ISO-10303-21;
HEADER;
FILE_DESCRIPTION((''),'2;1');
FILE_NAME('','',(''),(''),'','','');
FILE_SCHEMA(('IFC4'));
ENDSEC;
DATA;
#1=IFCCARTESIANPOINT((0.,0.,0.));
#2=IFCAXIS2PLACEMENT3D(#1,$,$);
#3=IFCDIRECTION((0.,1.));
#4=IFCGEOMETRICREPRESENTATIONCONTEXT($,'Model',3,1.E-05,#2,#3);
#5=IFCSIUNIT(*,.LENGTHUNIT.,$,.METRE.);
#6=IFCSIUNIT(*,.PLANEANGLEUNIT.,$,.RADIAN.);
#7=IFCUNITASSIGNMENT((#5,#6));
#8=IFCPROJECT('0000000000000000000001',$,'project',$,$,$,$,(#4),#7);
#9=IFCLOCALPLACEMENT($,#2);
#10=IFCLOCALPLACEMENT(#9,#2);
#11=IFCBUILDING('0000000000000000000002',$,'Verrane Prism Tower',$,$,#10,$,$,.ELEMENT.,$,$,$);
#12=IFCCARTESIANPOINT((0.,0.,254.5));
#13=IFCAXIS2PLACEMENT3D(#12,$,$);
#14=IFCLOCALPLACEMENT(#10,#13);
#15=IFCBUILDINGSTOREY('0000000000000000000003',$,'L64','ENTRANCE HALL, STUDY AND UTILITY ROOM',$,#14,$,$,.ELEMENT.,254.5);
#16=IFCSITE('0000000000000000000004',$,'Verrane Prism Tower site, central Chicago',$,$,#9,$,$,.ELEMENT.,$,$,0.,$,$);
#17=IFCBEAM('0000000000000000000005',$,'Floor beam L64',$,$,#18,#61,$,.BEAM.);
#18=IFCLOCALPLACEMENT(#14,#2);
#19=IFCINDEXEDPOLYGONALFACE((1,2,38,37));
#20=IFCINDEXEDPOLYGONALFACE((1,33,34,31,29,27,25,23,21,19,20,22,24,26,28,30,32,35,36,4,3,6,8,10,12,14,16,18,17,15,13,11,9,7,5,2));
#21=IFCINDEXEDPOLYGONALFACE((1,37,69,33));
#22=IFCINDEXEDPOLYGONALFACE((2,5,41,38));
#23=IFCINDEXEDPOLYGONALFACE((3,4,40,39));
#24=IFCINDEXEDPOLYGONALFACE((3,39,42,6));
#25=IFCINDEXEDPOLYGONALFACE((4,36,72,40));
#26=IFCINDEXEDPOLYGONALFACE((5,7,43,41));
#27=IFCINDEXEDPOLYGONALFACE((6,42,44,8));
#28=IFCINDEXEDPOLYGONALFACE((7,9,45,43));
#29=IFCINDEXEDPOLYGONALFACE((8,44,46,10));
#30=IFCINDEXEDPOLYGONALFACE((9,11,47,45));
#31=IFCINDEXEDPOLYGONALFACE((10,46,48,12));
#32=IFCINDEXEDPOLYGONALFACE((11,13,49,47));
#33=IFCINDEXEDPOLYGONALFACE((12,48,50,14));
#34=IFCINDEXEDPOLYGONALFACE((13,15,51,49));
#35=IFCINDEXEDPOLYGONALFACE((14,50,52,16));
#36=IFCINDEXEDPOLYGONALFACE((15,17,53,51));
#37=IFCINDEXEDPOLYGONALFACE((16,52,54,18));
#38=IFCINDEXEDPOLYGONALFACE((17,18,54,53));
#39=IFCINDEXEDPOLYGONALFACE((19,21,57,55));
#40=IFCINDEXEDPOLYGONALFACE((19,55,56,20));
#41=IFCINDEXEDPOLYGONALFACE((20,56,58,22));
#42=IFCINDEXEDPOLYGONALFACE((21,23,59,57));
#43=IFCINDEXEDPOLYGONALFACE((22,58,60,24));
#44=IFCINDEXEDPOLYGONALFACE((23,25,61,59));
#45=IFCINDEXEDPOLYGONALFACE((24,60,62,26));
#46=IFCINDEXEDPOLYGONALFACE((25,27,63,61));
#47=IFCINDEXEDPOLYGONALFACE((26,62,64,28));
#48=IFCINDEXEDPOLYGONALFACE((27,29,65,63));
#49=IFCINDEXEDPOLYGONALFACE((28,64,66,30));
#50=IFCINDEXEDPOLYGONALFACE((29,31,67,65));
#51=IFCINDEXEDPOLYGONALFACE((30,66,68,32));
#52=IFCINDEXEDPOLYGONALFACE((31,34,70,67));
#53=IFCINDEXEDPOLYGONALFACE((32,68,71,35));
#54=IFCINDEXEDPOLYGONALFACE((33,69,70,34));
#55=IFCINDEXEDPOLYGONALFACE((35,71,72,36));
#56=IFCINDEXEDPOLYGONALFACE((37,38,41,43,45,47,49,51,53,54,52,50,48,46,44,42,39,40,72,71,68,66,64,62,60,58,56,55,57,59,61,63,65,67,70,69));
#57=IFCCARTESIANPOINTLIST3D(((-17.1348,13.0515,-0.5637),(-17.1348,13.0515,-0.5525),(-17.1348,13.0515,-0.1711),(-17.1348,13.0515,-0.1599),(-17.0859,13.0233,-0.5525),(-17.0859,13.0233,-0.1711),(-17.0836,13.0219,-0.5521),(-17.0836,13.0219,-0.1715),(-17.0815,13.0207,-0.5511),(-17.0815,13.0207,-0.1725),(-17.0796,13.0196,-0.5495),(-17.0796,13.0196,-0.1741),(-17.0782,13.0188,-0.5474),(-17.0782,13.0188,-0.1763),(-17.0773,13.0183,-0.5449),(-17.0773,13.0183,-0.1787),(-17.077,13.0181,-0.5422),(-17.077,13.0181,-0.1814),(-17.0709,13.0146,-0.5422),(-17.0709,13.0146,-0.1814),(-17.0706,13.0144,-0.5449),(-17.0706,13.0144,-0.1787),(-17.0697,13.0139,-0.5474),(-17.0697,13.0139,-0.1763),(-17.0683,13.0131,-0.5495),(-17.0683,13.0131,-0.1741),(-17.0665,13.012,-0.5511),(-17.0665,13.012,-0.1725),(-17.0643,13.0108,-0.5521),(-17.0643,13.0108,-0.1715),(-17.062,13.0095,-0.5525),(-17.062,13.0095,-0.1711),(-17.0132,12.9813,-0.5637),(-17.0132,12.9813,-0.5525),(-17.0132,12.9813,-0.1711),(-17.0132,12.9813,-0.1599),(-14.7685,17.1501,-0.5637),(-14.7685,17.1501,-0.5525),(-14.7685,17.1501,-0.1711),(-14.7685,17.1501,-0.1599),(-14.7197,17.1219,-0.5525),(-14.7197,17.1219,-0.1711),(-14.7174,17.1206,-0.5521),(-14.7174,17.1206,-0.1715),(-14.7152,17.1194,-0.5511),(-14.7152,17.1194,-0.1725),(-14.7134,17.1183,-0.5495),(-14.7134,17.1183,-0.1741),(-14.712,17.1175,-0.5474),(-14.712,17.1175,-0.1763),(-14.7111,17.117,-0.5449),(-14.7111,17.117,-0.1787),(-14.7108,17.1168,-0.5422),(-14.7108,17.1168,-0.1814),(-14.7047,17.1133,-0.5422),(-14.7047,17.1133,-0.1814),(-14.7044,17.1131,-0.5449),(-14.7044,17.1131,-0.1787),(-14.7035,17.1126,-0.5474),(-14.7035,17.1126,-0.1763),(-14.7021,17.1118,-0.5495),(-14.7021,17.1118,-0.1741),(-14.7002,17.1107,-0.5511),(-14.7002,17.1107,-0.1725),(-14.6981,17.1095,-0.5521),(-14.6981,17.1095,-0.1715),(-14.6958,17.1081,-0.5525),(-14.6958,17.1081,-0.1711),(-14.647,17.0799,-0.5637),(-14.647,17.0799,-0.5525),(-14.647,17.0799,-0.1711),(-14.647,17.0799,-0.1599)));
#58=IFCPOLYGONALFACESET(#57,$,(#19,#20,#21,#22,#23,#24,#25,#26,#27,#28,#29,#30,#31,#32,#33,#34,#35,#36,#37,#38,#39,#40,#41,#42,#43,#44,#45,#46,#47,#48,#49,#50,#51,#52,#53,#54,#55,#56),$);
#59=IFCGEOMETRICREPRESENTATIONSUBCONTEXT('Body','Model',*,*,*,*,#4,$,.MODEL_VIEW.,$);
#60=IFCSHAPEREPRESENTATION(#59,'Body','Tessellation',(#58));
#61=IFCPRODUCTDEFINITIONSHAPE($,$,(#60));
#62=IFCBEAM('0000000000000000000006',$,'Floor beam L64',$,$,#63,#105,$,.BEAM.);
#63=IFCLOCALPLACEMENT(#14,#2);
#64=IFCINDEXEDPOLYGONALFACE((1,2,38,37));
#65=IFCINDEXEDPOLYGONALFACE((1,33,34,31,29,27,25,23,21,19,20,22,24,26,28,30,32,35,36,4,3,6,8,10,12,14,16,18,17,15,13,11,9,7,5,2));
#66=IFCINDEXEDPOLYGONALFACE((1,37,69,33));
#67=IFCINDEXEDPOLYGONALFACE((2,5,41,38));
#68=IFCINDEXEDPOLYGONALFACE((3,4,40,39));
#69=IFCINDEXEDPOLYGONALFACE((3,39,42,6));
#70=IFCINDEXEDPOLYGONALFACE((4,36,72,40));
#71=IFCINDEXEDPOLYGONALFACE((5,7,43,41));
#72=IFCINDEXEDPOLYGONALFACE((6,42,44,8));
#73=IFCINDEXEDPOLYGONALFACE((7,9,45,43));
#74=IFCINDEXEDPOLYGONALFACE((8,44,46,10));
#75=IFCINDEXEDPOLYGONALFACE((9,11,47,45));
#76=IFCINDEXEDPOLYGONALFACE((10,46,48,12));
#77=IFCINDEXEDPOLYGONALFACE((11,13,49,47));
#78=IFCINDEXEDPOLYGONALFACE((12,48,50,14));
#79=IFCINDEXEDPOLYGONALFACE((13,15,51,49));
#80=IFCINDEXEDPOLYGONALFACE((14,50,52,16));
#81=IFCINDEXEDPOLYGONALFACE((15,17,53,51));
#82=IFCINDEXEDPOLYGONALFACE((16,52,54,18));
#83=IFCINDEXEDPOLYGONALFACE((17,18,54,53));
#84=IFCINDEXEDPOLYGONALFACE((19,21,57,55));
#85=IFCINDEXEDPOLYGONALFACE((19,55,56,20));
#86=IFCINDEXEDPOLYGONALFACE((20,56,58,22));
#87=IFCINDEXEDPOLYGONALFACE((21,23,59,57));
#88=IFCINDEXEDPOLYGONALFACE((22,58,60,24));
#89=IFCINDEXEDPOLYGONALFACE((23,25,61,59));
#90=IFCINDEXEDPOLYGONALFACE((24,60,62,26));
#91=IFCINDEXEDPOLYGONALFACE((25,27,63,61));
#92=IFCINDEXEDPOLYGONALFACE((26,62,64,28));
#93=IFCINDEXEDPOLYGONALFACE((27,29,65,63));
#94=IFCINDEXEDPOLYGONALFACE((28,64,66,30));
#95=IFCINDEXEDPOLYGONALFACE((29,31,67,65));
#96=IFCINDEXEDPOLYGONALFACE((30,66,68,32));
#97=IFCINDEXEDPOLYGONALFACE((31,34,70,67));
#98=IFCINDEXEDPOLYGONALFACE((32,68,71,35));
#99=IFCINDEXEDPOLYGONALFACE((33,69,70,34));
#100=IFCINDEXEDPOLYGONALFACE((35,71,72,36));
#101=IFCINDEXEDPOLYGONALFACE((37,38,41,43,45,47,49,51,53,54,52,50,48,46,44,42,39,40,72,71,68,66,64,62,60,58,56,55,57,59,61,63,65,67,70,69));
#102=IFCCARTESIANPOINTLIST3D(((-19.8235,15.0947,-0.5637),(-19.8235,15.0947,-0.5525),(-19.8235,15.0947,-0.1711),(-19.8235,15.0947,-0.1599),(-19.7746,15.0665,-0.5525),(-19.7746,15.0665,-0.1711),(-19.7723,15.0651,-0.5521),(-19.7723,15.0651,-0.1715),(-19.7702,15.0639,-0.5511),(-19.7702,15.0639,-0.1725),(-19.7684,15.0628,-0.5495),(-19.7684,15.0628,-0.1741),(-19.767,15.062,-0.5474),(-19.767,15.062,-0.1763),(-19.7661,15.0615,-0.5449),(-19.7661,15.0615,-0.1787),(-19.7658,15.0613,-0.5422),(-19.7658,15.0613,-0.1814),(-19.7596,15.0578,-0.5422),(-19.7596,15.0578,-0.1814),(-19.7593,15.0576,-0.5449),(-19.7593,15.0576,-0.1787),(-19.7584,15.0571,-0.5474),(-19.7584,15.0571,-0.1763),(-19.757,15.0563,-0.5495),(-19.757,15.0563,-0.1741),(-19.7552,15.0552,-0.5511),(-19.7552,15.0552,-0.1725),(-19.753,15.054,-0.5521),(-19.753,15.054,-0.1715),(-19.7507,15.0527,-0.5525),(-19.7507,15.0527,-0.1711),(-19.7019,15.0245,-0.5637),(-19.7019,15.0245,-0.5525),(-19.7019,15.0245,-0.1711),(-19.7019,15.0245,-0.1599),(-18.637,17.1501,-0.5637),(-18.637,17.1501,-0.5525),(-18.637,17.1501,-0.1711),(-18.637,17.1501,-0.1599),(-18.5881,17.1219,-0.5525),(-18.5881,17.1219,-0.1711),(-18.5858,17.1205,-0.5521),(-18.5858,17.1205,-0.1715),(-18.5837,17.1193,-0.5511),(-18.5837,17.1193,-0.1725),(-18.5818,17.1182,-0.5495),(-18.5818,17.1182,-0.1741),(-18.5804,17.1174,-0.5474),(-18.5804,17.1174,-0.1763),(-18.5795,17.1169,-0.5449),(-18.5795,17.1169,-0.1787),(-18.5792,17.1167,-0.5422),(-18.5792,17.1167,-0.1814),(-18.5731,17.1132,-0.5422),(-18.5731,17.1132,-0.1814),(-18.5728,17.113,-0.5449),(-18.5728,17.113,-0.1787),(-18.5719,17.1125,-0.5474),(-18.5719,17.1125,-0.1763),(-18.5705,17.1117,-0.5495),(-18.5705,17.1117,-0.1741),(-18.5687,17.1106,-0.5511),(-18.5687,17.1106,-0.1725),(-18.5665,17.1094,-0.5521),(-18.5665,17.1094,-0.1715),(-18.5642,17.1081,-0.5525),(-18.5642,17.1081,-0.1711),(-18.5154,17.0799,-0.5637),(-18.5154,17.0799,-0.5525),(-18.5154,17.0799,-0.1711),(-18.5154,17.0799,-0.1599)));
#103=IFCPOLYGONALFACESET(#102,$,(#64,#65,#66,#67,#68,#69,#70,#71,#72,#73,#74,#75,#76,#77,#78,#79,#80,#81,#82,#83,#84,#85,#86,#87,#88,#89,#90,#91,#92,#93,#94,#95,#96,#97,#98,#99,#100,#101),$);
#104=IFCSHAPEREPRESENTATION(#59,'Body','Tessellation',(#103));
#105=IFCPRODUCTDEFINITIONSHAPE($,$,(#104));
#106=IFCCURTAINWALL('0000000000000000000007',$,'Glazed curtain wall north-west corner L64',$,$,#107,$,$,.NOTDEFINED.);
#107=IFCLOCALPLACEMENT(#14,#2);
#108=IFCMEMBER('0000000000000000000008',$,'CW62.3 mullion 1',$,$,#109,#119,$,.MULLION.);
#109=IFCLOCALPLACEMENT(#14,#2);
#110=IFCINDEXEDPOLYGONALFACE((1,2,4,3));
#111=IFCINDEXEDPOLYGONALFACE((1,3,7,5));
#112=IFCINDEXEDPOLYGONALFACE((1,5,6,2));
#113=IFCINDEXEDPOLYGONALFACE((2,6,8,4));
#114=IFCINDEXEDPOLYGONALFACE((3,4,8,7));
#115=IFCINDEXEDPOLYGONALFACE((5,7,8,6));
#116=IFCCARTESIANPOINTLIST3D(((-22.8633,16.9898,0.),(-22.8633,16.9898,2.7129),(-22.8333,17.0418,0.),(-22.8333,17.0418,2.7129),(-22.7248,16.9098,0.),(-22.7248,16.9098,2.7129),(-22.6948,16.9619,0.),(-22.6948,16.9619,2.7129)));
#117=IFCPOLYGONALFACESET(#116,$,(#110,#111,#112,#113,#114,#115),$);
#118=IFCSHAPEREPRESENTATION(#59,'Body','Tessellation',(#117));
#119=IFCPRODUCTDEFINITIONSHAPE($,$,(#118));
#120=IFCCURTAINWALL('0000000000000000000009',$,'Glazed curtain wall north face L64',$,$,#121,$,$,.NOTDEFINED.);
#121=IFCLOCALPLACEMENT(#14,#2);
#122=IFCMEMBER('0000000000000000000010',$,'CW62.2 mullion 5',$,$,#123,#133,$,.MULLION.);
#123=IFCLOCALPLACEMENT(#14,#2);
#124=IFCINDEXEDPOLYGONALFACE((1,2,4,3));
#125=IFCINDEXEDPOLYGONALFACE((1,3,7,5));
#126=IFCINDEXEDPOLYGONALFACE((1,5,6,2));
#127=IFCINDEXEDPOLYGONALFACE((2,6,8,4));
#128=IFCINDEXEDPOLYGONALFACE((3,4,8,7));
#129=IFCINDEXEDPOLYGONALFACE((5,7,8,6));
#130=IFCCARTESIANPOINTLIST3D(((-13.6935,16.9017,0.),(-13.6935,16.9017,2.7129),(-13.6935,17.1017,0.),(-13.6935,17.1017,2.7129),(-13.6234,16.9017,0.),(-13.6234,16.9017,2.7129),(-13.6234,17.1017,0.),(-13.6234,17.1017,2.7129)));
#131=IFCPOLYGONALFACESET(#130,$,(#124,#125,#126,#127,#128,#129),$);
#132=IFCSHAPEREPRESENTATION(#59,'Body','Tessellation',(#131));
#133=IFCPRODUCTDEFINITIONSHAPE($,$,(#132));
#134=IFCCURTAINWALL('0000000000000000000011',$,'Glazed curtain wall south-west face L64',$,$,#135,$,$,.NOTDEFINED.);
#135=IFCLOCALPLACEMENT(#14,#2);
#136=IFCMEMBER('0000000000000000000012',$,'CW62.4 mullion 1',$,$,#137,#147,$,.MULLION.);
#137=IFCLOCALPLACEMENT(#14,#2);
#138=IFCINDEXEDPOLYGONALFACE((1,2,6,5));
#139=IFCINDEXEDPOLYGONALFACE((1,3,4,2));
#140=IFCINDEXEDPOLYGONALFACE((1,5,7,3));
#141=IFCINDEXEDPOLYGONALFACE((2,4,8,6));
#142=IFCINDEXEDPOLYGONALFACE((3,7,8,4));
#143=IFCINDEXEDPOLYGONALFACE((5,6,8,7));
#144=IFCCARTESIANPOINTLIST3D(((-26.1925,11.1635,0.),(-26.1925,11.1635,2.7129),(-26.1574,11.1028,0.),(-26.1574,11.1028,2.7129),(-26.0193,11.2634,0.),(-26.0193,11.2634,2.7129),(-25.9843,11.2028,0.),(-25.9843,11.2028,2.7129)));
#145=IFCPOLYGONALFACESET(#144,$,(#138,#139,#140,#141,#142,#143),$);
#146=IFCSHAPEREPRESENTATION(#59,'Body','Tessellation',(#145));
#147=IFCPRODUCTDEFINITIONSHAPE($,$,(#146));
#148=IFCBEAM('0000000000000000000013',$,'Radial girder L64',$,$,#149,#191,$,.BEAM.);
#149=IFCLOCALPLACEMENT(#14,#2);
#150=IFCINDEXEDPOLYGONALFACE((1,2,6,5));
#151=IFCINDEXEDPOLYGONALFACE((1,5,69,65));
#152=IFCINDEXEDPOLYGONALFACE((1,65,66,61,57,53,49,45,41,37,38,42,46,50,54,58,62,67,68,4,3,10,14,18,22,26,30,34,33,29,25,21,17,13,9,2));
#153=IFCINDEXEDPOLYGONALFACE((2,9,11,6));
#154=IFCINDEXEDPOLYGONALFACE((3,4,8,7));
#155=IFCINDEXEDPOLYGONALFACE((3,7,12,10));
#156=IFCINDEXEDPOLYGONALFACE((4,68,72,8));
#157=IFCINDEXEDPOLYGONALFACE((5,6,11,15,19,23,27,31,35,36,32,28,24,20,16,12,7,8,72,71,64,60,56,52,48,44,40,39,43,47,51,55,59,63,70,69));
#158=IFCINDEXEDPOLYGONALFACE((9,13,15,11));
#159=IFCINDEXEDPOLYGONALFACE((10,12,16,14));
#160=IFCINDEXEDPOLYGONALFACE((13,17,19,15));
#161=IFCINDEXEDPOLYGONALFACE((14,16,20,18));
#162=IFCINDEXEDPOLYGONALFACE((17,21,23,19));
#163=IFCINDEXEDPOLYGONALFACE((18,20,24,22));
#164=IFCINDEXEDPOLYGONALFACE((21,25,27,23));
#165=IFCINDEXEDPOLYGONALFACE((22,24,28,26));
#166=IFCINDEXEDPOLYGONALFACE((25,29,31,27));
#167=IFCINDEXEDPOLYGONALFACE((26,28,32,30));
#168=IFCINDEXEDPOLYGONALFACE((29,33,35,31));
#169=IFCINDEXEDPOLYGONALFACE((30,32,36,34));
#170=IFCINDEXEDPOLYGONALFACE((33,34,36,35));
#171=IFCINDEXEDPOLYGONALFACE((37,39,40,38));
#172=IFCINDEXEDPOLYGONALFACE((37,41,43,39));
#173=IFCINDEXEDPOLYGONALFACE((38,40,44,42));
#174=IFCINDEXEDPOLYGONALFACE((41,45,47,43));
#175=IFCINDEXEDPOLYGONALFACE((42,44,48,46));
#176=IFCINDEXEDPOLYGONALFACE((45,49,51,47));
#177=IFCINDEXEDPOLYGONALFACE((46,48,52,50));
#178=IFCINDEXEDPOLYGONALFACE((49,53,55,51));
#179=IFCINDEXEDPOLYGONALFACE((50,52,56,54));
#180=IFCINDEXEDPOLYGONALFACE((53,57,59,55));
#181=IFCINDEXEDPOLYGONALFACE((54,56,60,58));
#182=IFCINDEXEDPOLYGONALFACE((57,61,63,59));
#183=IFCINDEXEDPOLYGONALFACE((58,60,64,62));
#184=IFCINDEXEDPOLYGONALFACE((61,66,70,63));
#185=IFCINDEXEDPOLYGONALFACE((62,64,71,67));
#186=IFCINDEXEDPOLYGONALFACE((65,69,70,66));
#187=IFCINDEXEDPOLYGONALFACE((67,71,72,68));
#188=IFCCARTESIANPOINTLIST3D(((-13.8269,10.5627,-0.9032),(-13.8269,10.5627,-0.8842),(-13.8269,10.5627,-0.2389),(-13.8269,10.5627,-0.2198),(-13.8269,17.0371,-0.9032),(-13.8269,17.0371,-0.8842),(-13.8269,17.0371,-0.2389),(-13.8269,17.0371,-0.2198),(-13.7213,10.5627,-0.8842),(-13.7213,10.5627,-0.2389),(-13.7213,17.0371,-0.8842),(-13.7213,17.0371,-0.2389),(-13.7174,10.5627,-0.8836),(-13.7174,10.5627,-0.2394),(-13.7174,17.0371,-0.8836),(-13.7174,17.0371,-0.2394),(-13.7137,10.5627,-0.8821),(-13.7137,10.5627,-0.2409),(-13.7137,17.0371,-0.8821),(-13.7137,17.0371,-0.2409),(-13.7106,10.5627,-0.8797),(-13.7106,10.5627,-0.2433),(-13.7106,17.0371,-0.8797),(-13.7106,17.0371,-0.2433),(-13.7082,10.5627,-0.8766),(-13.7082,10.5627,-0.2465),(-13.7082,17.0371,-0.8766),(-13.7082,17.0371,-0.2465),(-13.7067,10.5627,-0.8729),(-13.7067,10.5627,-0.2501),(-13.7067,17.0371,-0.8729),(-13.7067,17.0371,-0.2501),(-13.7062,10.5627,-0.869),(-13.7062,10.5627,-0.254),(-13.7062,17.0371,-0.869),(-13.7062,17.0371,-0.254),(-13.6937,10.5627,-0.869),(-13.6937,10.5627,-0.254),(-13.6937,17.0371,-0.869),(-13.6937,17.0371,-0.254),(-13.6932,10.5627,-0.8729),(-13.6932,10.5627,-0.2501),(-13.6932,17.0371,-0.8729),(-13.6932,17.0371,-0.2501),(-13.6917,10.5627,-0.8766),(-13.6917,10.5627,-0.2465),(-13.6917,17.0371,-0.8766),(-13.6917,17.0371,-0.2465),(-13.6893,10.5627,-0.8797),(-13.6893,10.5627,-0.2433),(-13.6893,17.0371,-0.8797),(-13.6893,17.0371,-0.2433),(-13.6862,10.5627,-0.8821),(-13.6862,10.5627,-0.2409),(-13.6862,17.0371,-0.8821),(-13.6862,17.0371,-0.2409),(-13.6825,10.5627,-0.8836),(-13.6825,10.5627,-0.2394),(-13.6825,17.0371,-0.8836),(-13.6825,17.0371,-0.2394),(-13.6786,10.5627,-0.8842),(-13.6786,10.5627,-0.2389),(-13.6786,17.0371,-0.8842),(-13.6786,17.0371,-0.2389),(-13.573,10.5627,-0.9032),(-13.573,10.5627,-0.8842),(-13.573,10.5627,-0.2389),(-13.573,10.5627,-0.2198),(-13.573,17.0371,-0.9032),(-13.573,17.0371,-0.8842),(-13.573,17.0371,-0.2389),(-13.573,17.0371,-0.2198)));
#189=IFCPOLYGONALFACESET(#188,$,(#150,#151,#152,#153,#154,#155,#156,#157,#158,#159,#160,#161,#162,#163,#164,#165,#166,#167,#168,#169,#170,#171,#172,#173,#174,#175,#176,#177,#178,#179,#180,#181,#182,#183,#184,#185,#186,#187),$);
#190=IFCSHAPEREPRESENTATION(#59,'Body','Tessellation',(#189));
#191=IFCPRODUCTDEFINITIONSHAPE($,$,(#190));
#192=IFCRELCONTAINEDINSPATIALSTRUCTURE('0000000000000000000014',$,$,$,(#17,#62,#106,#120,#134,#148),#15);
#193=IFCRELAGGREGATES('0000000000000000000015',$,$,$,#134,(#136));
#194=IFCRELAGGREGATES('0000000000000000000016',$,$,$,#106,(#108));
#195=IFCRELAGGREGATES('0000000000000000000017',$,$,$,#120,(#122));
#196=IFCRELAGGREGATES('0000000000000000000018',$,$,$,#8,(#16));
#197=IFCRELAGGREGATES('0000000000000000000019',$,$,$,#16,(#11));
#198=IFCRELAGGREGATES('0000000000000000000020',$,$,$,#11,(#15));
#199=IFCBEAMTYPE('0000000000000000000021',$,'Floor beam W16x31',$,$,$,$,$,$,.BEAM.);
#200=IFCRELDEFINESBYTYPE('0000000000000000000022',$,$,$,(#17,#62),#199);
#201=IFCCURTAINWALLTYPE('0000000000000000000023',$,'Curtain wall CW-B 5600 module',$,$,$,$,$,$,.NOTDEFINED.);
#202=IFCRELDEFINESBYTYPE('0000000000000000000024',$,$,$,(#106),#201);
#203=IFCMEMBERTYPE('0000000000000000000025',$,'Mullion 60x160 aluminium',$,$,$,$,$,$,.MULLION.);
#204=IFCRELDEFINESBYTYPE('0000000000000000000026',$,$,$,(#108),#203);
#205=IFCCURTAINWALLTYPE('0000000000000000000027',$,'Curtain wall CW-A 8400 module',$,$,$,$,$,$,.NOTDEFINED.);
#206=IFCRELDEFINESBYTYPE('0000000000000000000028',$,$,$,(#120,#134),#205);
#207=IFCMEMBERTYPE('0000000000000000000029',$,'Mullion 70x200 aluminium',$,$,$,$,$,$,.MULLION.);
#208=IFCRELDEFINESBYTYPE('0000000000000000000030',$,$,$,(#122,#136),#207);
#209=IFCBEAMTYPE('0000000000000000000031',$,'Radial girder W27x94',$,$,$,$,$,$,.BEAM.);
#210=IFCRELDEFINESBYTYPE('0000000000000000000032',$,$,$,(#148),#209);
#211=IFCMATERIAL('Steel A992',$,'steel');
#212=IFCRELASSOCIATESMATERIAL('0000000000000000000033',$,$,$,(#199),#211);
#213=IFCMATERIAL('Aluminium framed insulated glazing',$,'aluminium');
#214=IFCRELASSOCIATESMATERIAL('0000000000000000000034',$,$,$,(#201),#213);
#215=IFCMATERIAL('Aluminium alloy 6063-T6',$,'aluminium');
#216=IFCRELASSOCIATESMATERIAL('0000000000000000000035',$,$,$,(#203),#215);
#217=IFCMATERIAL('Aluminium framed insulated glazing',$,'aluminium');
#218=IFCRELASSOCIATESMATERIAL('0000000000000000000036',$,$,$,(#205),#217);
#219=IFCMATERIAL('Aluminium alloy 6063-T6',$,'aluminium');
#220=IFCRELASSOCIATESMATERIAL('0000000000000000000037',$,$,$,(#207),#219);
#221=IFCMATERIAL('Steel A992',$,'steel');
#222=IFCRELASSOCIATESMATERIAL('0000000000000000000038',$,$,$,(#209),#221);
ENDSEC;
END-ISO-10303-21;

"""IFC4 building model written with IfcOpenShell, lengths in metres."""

from ifc_helpers import new_model, si_unit, direction, frame, origin, origin_2d, place, context, subcontext, project, spatial, rectangle, i_section, extrude, material, material_profile, profile_set, type_object, element, aggregate, save


model = new_model("IFC4")

# Units and contexts
model_context = context("Model", 3, precision=1e-05, world=origin(), true_north=direction((0.0, 1.0)))
body_context = subcontext(model_context, "Body", "Model", "MODEL_VIEW")
ifc_project = project(units=[si_unit("LENGTHUNIT", "METRE"), si_unit("PLANEANGLEUNIT", "RADIAN")], contexts=[model_context])

# Site, building, storey
site_placement = place(None, origin())
site = spatial("IfcSite", under=ifc_project, at=site_placement, Name="Verrane Prism Tower site, central Chicago", CompositionType="ELEMENT", RefElevation=0.0)
building_placement = place(site_placement, origin())
building = spatial("IfcBuilding", under=site, at=building_placement, Name="Verrane Prism Tower", CompositionType="ELEMENT")
storey_placement = place(building_placement, frame((0.0, 0.0, 254.5)))
storey = spatial("IfcBuildingStorey", under=building, at=storey_placement, Name="L64", Description="ENTRANCE HALL, STUDY AND UTILITY ROOM", CompositionType="ELEMENT", Elevation=254.5)

# Beams
ifc_material_1 = material(Name="Steel A992", Category="steel")
ifc_material_profile_1 = material_profile(ifc_material_1, i_section(OverallWidth=0.1404, OverallDepth=0.4038, WebThickness=0.0071, FlangeThickness=0.0112, FilletRadius=0.0103, at=origin_2d()), Name="W16x31")
ifc_profile_set_1 = profile_set([ifc_material_profile_1], Name="Steel A992")
beam_type_1 = type_object("IfcBeamType", Name="Floor beam W16x31", PredefinedType="BEAM", material=ifc_profile_set_1)
beam_1_placement = place(storey_placement, frame((-17.074, 13.0164, -0.3618), z_axis=(0.499978, 0.866038, 0.0), x_axis=(-0.866038, 0.499978, 0.0)))
element("IfcBeam", 1, at=beam_1_placement, inside=storey, type_object=beam_type_1, Name="Floor beam L64", PredefinedType="BEAM", context=body_context, shape_type="SweptSolid", body=[
    extrude(i_section(OverallWidth=0.1404, OverallDepth=0.4038, WebThickness=0.0071, FlangeThickness=0.0112, FilletRadius=0.0103, at=origin_2d()), origin(), (0.0, 0.0, 1.0), 4.7327),
])
beam_2_placement = place(storey_placement, frame((-19.7627, 15.0596, -0.3618), z_axis=(0.499945, 0.866057, 0.0), x_axis=(-0.866057, 0.499945, 0.0)))
element("IfcBeam", 2, at=beam_2_placement, inside=storey, type_object=beam_type_1, Name="Floor beam L64", PredefinedType="BEAM", context=body_context, shape_type="SweptSolid", body=[
    extrude(i_section(OverallWidth=0.1404, OverallDepth=0.4038, WebThickness=0.0071, FlangeThickness=0.0112, FilletRadius=0.0103, at=origin_2d()), origin(), (0.0, 0.0, 1.0), 2.3733),
])

# Curtain walls, members
ifc_material_2 = material(Name="Aluminium framed insulated glazing", Category="aluminium")
curtain_wall_type_1 = type_object("IfcCurtainWallType", Name="Curtain wall CW-B 5600 module", PredefinedType="NOTDEFINED", material=ifc_material_2)
curtain_wall_1_placement = place(storey_placement, origin())
curtain_wall_1 = element("IfcCurtainWall", 3, at=curtain_wall_1_placement, inside=storey, type_object=curtain_wall_type_1, Name="Glazed curtain wall north-west corner L64", PredefinedType="NOTDEFINED")
ifc_material_3 = material(Name="Aluminium alloy 6063-T6", Category="aluminium")
ifc_material_profile_2 = material_profile(ifc_material_3, rectangle(XDim=0.1599, YDim=0.0601, at=origin_2d()), Name="Mullion 60x160 aluminium")
ifc_profile_set_2 = profile_set([ifc_material_profile_2], Name="Aluminium alloy 6063-T6")
member_type_1 = type_object("IfcMemberType", Name="Mullion 60x160 aluminium", PredefinedType="MULLION", material=ifc_profile_set_2)
member_1_placement = place(storey_placement, frame((-22.7791, 16.9758, 0.0), z_axis=(0.0, 0.0, 1.0), x_axis=(0.866028, -0.499996, 0.0)))
member_1 = element("IfcMember", 4, at=member_1_placement, type_object=member_type_1, Name="CW62.3 mullion 1", PredefinedType="MULLION", context=body_context, shape_type="SweptSolid", body=[
    extrude(rectangle(XDim=0.1599, YDim=0.0601, at=origin_2d()), origin(), (0.0, 0.0, 1.0), 2.7129),
])
ifc_material_4 = material(Name="Aluminium framed insulated glazing", Category="aluminium")
curtain_wall_type_2 = type_object("IfcCurtainWallType", Name="Curtain wall CW-A 8400 module", PredefinedType="NOTDEFINED", material=ifc_material_4)
curtain_wall_2_placement = place(storey_placement, origin())
curtain_wall_2 = element("IfcCurtainWall", 5, at=curtain_wall_2_placement, inside=storey, type_object=curtain_wall_type_2, Name="Glazed curtain wall north face L64", PredefinedType="NOTDEFINED")
ifc_material_5 = material(Name="Aluminium alloy 6063-T6", Category="aluminium")
ifc_material_profile_3 = material_profile(ifc_material_5, rectangle(XDim=0.2, YDim=0.0701, at=origin_2d()), Name="Mullion 70x200 aluminium")
ifc_profile_set_3 = profile_set([ifc_material_profile_3], Name="Aluminium alloy 6063-T6")
member_type_2 = type_object("IfcMemberType", Name="Mullion 70x200 aluminium", PredefinedType="MULLION", material=ifc_profile_set_3)
member_2_placement = place(storey_placement, frame((-13.6584, 17.0017, 0.0), z_axis=(0.0, 0.0, 1.0), x_axis=(0.0, -1.0, 0.0)))
member_2 = element("IfcMember", 6, at=member_2_placement, type_object=member_type_2, Name="CW62.2 mullion 5", PredefinedType="MULLION", context=body_context, shape_type="SweptSolid", body=[
    extrude(rectangle(XDim=0.2, YDim=0.0701, at=origin_2d()), origin(), (0.0, 0.0, 1.0), 2.7129),
])
curtain_wall_3_placement = place(storey_placement, origin())
curtain_wall_3 = element("IfcCurtainWall", 7, at=curtain_wall_3_placement, inside=storey, type_object=curtain_wall_type_2, Name="Glazed curtain wall south-west face L64", PredefinedType="NOTDEFINED")
member_3_placement = place(storey_placement, frame((-26.0884, 11.1831, 0.0), z_axis=(0.0, 0.0, 1.0), x_axis=(0.866026, 0.5, 0.0)))
member_3 = element("IfcMember", 8, at=member_3_placement, type_object=member_type_2, Name="CW62.4 mullion 1", PredefinedType="MULLION", context=body_context, shape_type="SweptSolid", body=[
    extrude(rectangle(XDim=0.2, YDim=0.0701, at=origin_2d()), origin(), (0.0, 0.0, 1.0), 2.7129),
])
aggregate(curtain_wall_3, [member_3])

# Beam
ifc_material_6 = material(Name="Steel A992", Category="steel")
ifc_material_profile_4 = material_profile(ifc_material_6, i_section(OverallWidth=0.2539, OverallDepth=0.6833, WebThickness=0.0125, FlangeThickness=0.019, FilletRadius=0.0151, at=origin_2d()), Name="W27x94")
ifc_profile_set_4 = profile_set([ifc_material_profile_4], Name="Steel A992")
beam_type_2 = type_object("IfcBeamType", Name="Radial girder W27x94", PredefinedType="BEAM", material=ifc_profile_set_4)
beam_3_placement = place(storey_placement, frame((-13.7, 17.0371, -0.5615), z_axis=(0.0, -1.0, 0.0), x_axis=(1.0, 0.0, 0.0)))
element("IfcBeam", 9, at=beam_3_placement, inside=storey, type_object=beam_type_2, Name="Radial girder L64", PredefinedType="BEAM", context=body_context, shape_type="SweptSolid", body=[
    extrude(i_section(OverallWidth=0.2539, OverallDepth=0.6833, WebThickness=0.0125, FlangeThickness=0.019, FilletRadius=0.0151, at=origin_2d()), origin(), (0.0, 0.0, 1.0), 6.4744),
])

aggregate(curtain_wall_1, [member_1])
aggregate(curtain_wall_2, [member_2])

save(model, "model.ifc")
